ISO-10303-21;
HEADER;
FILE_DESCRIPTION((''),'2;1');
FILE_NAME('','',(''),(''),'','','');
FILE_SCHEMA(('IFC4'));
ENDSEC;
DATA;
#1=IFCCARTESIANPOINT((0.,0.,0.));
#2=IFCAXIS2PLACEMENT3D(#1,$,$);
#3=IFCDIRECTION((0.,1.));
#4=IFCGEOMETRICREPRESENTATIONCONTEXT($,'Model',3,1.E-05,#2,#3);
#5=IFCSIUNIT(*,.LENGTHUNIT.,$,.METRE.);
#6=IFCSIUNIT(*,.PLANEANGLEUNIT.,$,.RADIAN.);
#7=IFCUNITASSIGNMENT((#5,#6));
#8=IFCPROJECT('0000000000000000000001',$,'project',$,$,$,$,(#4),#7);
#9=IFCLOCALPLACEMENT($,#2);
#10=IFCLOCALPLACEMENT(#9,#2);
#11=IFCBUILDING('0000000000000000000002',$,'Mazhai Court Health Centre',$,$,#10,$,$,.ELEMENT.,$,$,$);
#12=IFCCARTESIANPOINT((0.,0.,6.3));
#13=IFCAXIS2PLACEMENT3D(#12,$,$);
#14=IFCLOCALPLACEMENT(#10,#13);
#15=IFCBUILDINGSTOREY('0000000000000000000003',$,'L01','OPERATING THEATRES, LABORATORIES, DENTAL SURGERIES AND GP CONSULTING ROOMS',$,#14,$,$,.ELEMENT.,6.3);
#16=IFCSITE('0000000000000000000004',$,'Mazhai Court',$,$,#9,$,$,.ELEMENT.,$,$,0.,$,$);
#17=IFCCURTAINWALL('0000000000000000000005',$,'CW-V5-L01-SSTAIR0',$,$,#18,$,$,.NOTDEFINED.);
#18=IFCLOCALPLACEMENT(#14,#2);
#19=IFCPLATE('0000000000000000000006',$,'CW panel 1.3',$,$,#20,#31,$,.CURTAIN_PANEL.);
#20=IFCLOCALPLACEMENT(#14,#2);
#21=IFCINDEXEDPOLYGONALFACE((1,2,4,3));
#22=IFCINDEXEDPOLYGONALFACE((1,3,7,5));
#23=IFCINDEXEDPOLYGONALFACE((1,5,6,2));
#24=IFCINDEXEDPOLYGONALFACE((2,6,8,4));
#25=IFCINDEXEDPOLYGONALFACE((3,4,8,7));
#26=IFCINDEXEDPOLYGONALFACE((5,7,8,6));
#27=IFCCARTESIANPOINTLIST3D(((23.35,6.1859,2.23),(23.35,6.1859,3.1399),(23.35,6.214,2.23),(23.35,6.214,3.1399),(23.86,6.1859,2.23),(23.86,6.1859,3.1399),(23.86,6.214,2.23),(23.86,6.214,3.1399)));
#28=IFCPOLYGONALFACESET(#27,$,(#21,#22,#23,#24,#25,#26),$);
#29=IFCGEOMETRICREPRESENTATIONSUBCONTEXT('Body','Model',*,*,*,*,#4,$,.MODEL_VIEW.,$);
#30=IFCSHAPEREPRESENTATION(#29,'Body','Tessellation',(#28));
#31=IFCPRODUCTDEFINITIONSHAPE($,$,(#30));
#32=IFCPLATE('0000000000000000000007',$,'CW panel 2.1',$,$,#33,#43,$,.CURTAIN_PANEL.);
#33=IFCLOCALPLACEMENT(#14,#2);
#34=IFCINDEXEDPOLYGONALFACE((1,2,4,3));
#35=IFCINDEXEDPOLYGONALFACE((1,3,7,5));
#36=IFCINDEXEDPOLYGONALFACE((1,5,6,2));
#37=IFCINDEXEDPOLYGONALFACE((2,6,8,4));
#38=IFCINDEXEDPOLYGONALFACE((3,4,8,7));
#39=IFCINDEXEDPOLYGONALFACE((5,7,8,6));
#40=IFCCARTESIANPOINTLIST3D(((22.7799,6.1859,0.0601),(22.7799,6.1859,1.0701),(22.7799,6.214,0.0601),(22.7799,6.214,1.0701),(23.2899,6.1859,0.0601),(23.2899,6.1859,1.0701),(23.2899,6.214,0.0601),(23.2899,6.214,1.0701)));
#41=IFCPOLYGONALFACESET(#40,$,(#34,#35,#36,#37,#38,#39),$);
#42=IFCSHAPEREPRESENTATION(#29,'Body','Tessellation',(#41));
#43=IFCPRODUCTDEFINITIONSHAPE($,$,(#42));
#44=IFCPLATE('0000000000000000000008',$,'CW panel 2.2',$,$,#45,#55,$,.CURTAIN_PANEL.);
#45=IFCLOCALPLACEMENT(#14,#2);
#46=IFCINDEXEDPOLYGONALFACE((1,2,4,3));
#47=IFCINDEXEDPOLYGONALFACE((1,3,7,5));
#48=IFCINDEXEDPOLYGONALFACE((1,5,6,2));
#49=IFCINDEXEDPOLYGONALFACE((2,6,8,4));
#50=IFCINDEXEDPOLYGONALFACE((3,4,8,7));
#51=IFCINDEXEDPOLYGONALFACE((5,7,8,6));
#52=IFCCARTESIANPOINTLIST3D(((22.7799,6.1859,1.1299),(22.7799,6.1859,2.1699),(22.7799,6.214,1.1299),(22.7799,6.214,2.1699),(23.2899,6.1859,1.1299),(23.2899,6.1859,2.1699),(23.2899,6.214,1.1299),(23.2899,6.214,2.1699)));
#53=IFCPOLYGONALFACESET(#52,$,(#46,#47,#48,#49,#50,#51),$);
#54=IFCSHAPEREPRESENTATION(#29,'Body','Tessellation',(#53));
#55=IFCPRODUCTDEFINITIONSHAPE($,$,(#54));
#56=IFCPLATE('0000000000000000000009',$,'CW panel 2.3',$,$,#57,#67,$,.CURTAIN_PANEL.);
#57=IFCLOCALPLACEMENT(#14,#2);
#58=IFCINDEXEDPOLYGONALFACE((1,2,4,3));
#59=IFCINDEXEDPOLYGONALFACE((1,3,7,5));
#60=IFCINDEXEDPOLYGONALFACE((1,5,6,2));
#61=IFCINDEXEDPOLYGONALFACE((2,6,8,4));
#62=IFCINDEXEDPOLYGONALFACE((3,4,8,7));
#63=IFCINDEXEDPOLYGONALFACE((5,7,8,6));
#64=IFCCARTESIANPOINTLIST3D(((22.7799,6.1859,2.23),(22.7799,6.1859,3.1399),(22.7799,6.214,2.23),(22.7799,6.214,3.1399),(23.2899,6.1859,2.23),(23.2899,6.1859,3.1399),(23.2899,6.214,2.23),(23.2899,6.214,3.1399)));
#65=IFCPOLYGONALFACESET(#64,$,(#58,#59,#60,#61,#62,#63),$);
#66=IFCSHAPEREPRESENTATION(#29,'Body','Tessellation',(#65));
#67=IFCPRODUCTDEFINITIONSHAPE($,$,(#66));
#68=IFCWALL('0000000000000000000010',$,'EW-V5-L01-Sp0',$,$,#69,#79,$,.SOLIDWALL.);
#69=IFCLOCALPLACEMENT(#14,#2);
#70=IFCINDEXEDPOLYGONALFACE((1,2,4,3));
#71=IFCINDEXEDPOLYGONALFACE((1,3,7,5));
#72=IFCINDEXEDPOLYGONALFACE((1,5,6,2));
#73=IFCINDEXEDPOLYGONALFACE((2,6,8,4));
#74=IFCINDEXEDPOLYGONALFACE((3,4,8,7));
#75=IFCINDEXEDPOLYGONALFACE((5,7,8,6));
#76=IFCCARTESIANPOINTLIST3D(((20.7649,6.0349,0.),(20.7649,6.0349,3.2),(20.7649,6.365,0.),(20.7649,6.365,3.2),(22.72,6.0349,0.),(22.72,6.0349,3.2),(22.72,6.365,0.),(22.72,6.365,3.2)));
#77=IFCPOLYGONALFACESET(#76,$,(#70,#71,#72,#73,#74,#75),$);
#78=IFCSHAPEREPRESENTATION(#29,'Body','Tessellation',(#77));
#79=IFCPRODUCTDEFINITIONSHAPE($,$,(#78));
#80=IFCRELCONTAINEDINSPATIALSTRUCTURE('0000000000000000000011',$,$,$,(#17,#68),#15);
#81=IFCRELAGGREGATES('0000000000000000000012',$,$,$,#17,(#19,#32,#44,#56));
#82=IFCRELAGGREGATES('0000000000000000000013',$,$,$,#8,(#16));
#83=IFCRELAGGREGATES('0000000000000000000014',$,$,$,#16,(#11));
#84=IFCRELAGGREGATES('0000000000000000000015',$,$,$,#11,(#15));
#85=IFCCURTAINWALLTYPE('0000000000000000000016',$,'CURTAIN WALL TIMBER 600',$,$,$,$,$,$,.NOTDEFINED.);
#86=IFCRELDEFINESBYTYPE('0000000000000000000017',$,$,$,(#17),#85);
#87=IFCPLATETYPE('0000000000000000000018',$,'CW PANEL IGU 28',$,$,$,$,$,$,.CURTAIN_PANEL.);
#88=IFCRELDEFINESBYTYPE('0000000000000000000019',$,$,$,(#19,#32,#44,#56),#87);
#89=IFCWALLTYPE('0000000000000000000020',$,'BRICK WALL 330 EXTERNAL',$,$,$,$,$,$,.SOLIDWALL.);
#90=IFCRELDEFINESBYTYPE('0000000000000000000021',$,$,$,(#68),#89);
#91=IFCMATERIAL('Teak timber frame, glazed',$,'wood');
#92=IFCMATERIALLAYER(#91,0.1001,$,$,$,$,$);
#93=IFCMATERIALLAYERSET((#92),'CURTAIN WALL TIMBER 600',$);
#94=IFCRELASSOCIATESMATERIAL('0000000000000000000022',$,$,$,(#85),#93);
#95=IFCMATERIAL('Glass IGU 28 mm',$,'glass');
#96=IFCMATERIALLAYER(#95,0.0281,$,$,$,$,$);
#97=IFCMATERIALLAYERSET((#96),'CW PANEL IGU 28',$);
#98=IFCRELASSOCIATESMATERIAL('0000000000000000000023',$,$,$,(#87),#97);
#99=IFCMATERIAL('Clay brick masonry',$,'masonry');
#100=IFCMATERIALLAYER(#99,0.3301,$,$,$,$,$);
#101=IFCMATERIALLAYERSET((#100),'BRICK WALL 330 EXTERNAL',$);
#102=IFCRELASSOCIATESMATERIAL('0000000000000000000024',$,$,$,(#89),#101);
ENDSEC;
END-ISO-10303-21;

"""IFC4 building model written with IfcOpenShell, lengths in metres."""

from ifc_helpers import new_model, si_unit, direction, frame, frame_2d, origin, origin_2d, place, context, subcontext, project, spatial, rectangle, extrude, material, layer, layer_set, type_object, element, aggregate, save


model = new_model("IFC4")

# Units and contexts
model_context = context("Model", 3, precision=1e-05, world=origin(), true_north=direction((0.0, 1.0)))
body_context = subcontext(model_context, "Body", "Model", "MODEL_VIEW")
ifc_project = project(units=[si_unit("LENGTHUNIT", "METRE"), si_unit("PLANEANGLEUNIT", "RADIAN")], contexts=[model_context])

# Site, building, storey
site_placement = place(None, origin())
site = spatial("IfcSite", under=ifc_project, at=site_placement, Name="Mazhai Court", CompositionType="ELEMENT", RefElevation=0.0)
building_placement = place(site_placement, origin())
building = spatial("IfcBuilding", under=site, at=building_placement, Name="Mazhai Court Health Centre", CompositionType="ELEMENT")
storey_placement = place(building_placement, frame((0.0, 0.0, 6.3)))
storey = spatial("IfcBuildingStorey", under=building, at=storey_placement, Name="L01", Description="OPERATING THEATRES, LABORATORIES, DENTAL SURGERIES AND GP CONSULTING ROOMS", CompositionType="ELEMENT", Elevation=6.3)

# Curtain wall, plates
ifc_material_1 = material(Name="Teak timber frame, glazed", Category="wood")
ifc_layer_1 = layer(ifc_material_1, 0.1001)
ifc_layer_set_1 = layer_set([ifc_layer_1], Name="CURTAIN WALL TIMBER 600")
curtain_wall_type = type_object("IfcCurtainWallType", Name="CURTAIN WALL TIMBER 600", PredefinedType="NOTDEFINED", material=ifc_layer_set_1)
curtain_wall_placement = place(storey_placement, origin())
curtain_wall = element("IfcCurtainWall", 1, at=curtain_wall_placement, inside=storey, type_object=curtain_wall_type, Name="CW-V5-L01-SSTAIR0", PredefinedType="NOTDEFINED")
ifc_material_2 = material(Name="Glass IGU 28 mm", Category="glass")
ifc_layer_2 = layer(ifc_material_2, 0.0281)
ifc_layer_set_2 = layer_set([ifc_layer_2], Name="CW PANEL IGU 28")
plate_type = type_object("IfcPlateType", Name="CW PANEL IGU 28", PredefinedType="CURTAIN_PANEL", material=ifc_layer_set_2)
plate_1_placement = place(storey_placement, frame((23.605, 6.2, 2.23), z_axis=(0.0, 0.0, 1.0), x_axis=(-1.0, 0.0, 0.0)))
plate_1 = element("IfcPlate", 2, at=plate_1_placement, type_object=plate_type, Name="CW panel 1.3", PredefinedType="CURTAIN_PANEL", context=body_context, shape_type="SweptSolid", body=[
    extrude(rectangle(XDim=0.51, YDim=0.0281, at=origin_2d()), origin(), (0.0, 0.0, 1.0), 0.9099),
])
plate_2_placement = place(storey_placement, frame((23.0349, 6.2, 0.0601), z_axis=(0.0, 0.0, 1.0), x_axis=(-1.0, 0.0, 0.0)))
plate_2 = element("IfcPlate", 3, at=plate_2_placement, type_object=plate_type, Name="CW panel 2.1", PredefinedType="CURTAIN_PANEL", context=body_context, shape_type="SweptSolid", body=[
    extrude(rectangle(XDim=0.51, YDim=0.0281, at=origin_2d()), origin(), (0.0, 0.0, 1.0), 1.01),
])
plate_3_placement = place(storey_placement, frame((23.0349, 6.2, 1.1299), z_axis=(0.0, 0.0, 1.0), x_axis=(-1.0, 0.0, 0.0)))
plate_3 = element("IfcPlate", 4, at=plate_3_placement, type_object=plate_type, Name="CW panel 2.2", PredefinedType="CURTAIN_PANEL", context=body_context, shape_type="SweptSolid", body=[
    extrude(rectangle(XDim=0.51, YDim=0.0281, at=origin_2d()), origin(), (0.0, 0.0, 1.0), 1.04),
])
plate_4_placement = place(storey_placement, frame((23.0349, 6.2, 2.23), z_axis=(0.0, 0.0, 1.0), x_axis=(-1.0, 0.0, 0.0)))
plate_4 = element("IfcPlate", 5, at=plate_4_placement, type_object=plate_type, Name="CW panel 2.3", PredefinedType="CURTAIN_PANEL", context=body_context, shape_type="SweptSolid", body=[
    extrude(rectangle(XDim=0.51, YDim=0.0281, at=origin_2d()), origin(), (0.0, 0.0, 1.0), 0.9099),
])
aggregate(curtain_wall, [plate_1, plate_2, plate_3, plate_4])

# Wall
ifc_material_3 = material(Name="Clay brick masonry", Category="masonry")
ifc_layer_3 = layer(ifc_material_3, 0.3301)
ifc_layer_set_3 = layer_set([ifc_layer_3], Name="BRICK WALL 330 EXTERNAL")
wall_type = type_object("IfcWallType", Name="BRICK WALL 330 EXTERNAL", PredefinedType="SOLIDWALL", material=ifc_layer_set_3)
wall_placement = place(storey_placement, frame((22.72, 6.2, 0.0), z_axis=(0.0, 0.0, 1.0), x_axis=(-1.0, 0.0, 0.0)))
element("IfcWall", 6, at=wall_placement, inside=storey, type_object=wall_type, Name="EW-V5-L01-Sp0", PredefinedType="SOLIDWALL", context=body_context, shape_type="SweptSolid", body=[
    extrude(rectangle(XDim=1.9551, YDim=0.3301, at=frame_2d((0.9775, 0.0))), origin(), (0.0, 0.0, 1.0), 3.2),
])

save(model, "model.ifc")
